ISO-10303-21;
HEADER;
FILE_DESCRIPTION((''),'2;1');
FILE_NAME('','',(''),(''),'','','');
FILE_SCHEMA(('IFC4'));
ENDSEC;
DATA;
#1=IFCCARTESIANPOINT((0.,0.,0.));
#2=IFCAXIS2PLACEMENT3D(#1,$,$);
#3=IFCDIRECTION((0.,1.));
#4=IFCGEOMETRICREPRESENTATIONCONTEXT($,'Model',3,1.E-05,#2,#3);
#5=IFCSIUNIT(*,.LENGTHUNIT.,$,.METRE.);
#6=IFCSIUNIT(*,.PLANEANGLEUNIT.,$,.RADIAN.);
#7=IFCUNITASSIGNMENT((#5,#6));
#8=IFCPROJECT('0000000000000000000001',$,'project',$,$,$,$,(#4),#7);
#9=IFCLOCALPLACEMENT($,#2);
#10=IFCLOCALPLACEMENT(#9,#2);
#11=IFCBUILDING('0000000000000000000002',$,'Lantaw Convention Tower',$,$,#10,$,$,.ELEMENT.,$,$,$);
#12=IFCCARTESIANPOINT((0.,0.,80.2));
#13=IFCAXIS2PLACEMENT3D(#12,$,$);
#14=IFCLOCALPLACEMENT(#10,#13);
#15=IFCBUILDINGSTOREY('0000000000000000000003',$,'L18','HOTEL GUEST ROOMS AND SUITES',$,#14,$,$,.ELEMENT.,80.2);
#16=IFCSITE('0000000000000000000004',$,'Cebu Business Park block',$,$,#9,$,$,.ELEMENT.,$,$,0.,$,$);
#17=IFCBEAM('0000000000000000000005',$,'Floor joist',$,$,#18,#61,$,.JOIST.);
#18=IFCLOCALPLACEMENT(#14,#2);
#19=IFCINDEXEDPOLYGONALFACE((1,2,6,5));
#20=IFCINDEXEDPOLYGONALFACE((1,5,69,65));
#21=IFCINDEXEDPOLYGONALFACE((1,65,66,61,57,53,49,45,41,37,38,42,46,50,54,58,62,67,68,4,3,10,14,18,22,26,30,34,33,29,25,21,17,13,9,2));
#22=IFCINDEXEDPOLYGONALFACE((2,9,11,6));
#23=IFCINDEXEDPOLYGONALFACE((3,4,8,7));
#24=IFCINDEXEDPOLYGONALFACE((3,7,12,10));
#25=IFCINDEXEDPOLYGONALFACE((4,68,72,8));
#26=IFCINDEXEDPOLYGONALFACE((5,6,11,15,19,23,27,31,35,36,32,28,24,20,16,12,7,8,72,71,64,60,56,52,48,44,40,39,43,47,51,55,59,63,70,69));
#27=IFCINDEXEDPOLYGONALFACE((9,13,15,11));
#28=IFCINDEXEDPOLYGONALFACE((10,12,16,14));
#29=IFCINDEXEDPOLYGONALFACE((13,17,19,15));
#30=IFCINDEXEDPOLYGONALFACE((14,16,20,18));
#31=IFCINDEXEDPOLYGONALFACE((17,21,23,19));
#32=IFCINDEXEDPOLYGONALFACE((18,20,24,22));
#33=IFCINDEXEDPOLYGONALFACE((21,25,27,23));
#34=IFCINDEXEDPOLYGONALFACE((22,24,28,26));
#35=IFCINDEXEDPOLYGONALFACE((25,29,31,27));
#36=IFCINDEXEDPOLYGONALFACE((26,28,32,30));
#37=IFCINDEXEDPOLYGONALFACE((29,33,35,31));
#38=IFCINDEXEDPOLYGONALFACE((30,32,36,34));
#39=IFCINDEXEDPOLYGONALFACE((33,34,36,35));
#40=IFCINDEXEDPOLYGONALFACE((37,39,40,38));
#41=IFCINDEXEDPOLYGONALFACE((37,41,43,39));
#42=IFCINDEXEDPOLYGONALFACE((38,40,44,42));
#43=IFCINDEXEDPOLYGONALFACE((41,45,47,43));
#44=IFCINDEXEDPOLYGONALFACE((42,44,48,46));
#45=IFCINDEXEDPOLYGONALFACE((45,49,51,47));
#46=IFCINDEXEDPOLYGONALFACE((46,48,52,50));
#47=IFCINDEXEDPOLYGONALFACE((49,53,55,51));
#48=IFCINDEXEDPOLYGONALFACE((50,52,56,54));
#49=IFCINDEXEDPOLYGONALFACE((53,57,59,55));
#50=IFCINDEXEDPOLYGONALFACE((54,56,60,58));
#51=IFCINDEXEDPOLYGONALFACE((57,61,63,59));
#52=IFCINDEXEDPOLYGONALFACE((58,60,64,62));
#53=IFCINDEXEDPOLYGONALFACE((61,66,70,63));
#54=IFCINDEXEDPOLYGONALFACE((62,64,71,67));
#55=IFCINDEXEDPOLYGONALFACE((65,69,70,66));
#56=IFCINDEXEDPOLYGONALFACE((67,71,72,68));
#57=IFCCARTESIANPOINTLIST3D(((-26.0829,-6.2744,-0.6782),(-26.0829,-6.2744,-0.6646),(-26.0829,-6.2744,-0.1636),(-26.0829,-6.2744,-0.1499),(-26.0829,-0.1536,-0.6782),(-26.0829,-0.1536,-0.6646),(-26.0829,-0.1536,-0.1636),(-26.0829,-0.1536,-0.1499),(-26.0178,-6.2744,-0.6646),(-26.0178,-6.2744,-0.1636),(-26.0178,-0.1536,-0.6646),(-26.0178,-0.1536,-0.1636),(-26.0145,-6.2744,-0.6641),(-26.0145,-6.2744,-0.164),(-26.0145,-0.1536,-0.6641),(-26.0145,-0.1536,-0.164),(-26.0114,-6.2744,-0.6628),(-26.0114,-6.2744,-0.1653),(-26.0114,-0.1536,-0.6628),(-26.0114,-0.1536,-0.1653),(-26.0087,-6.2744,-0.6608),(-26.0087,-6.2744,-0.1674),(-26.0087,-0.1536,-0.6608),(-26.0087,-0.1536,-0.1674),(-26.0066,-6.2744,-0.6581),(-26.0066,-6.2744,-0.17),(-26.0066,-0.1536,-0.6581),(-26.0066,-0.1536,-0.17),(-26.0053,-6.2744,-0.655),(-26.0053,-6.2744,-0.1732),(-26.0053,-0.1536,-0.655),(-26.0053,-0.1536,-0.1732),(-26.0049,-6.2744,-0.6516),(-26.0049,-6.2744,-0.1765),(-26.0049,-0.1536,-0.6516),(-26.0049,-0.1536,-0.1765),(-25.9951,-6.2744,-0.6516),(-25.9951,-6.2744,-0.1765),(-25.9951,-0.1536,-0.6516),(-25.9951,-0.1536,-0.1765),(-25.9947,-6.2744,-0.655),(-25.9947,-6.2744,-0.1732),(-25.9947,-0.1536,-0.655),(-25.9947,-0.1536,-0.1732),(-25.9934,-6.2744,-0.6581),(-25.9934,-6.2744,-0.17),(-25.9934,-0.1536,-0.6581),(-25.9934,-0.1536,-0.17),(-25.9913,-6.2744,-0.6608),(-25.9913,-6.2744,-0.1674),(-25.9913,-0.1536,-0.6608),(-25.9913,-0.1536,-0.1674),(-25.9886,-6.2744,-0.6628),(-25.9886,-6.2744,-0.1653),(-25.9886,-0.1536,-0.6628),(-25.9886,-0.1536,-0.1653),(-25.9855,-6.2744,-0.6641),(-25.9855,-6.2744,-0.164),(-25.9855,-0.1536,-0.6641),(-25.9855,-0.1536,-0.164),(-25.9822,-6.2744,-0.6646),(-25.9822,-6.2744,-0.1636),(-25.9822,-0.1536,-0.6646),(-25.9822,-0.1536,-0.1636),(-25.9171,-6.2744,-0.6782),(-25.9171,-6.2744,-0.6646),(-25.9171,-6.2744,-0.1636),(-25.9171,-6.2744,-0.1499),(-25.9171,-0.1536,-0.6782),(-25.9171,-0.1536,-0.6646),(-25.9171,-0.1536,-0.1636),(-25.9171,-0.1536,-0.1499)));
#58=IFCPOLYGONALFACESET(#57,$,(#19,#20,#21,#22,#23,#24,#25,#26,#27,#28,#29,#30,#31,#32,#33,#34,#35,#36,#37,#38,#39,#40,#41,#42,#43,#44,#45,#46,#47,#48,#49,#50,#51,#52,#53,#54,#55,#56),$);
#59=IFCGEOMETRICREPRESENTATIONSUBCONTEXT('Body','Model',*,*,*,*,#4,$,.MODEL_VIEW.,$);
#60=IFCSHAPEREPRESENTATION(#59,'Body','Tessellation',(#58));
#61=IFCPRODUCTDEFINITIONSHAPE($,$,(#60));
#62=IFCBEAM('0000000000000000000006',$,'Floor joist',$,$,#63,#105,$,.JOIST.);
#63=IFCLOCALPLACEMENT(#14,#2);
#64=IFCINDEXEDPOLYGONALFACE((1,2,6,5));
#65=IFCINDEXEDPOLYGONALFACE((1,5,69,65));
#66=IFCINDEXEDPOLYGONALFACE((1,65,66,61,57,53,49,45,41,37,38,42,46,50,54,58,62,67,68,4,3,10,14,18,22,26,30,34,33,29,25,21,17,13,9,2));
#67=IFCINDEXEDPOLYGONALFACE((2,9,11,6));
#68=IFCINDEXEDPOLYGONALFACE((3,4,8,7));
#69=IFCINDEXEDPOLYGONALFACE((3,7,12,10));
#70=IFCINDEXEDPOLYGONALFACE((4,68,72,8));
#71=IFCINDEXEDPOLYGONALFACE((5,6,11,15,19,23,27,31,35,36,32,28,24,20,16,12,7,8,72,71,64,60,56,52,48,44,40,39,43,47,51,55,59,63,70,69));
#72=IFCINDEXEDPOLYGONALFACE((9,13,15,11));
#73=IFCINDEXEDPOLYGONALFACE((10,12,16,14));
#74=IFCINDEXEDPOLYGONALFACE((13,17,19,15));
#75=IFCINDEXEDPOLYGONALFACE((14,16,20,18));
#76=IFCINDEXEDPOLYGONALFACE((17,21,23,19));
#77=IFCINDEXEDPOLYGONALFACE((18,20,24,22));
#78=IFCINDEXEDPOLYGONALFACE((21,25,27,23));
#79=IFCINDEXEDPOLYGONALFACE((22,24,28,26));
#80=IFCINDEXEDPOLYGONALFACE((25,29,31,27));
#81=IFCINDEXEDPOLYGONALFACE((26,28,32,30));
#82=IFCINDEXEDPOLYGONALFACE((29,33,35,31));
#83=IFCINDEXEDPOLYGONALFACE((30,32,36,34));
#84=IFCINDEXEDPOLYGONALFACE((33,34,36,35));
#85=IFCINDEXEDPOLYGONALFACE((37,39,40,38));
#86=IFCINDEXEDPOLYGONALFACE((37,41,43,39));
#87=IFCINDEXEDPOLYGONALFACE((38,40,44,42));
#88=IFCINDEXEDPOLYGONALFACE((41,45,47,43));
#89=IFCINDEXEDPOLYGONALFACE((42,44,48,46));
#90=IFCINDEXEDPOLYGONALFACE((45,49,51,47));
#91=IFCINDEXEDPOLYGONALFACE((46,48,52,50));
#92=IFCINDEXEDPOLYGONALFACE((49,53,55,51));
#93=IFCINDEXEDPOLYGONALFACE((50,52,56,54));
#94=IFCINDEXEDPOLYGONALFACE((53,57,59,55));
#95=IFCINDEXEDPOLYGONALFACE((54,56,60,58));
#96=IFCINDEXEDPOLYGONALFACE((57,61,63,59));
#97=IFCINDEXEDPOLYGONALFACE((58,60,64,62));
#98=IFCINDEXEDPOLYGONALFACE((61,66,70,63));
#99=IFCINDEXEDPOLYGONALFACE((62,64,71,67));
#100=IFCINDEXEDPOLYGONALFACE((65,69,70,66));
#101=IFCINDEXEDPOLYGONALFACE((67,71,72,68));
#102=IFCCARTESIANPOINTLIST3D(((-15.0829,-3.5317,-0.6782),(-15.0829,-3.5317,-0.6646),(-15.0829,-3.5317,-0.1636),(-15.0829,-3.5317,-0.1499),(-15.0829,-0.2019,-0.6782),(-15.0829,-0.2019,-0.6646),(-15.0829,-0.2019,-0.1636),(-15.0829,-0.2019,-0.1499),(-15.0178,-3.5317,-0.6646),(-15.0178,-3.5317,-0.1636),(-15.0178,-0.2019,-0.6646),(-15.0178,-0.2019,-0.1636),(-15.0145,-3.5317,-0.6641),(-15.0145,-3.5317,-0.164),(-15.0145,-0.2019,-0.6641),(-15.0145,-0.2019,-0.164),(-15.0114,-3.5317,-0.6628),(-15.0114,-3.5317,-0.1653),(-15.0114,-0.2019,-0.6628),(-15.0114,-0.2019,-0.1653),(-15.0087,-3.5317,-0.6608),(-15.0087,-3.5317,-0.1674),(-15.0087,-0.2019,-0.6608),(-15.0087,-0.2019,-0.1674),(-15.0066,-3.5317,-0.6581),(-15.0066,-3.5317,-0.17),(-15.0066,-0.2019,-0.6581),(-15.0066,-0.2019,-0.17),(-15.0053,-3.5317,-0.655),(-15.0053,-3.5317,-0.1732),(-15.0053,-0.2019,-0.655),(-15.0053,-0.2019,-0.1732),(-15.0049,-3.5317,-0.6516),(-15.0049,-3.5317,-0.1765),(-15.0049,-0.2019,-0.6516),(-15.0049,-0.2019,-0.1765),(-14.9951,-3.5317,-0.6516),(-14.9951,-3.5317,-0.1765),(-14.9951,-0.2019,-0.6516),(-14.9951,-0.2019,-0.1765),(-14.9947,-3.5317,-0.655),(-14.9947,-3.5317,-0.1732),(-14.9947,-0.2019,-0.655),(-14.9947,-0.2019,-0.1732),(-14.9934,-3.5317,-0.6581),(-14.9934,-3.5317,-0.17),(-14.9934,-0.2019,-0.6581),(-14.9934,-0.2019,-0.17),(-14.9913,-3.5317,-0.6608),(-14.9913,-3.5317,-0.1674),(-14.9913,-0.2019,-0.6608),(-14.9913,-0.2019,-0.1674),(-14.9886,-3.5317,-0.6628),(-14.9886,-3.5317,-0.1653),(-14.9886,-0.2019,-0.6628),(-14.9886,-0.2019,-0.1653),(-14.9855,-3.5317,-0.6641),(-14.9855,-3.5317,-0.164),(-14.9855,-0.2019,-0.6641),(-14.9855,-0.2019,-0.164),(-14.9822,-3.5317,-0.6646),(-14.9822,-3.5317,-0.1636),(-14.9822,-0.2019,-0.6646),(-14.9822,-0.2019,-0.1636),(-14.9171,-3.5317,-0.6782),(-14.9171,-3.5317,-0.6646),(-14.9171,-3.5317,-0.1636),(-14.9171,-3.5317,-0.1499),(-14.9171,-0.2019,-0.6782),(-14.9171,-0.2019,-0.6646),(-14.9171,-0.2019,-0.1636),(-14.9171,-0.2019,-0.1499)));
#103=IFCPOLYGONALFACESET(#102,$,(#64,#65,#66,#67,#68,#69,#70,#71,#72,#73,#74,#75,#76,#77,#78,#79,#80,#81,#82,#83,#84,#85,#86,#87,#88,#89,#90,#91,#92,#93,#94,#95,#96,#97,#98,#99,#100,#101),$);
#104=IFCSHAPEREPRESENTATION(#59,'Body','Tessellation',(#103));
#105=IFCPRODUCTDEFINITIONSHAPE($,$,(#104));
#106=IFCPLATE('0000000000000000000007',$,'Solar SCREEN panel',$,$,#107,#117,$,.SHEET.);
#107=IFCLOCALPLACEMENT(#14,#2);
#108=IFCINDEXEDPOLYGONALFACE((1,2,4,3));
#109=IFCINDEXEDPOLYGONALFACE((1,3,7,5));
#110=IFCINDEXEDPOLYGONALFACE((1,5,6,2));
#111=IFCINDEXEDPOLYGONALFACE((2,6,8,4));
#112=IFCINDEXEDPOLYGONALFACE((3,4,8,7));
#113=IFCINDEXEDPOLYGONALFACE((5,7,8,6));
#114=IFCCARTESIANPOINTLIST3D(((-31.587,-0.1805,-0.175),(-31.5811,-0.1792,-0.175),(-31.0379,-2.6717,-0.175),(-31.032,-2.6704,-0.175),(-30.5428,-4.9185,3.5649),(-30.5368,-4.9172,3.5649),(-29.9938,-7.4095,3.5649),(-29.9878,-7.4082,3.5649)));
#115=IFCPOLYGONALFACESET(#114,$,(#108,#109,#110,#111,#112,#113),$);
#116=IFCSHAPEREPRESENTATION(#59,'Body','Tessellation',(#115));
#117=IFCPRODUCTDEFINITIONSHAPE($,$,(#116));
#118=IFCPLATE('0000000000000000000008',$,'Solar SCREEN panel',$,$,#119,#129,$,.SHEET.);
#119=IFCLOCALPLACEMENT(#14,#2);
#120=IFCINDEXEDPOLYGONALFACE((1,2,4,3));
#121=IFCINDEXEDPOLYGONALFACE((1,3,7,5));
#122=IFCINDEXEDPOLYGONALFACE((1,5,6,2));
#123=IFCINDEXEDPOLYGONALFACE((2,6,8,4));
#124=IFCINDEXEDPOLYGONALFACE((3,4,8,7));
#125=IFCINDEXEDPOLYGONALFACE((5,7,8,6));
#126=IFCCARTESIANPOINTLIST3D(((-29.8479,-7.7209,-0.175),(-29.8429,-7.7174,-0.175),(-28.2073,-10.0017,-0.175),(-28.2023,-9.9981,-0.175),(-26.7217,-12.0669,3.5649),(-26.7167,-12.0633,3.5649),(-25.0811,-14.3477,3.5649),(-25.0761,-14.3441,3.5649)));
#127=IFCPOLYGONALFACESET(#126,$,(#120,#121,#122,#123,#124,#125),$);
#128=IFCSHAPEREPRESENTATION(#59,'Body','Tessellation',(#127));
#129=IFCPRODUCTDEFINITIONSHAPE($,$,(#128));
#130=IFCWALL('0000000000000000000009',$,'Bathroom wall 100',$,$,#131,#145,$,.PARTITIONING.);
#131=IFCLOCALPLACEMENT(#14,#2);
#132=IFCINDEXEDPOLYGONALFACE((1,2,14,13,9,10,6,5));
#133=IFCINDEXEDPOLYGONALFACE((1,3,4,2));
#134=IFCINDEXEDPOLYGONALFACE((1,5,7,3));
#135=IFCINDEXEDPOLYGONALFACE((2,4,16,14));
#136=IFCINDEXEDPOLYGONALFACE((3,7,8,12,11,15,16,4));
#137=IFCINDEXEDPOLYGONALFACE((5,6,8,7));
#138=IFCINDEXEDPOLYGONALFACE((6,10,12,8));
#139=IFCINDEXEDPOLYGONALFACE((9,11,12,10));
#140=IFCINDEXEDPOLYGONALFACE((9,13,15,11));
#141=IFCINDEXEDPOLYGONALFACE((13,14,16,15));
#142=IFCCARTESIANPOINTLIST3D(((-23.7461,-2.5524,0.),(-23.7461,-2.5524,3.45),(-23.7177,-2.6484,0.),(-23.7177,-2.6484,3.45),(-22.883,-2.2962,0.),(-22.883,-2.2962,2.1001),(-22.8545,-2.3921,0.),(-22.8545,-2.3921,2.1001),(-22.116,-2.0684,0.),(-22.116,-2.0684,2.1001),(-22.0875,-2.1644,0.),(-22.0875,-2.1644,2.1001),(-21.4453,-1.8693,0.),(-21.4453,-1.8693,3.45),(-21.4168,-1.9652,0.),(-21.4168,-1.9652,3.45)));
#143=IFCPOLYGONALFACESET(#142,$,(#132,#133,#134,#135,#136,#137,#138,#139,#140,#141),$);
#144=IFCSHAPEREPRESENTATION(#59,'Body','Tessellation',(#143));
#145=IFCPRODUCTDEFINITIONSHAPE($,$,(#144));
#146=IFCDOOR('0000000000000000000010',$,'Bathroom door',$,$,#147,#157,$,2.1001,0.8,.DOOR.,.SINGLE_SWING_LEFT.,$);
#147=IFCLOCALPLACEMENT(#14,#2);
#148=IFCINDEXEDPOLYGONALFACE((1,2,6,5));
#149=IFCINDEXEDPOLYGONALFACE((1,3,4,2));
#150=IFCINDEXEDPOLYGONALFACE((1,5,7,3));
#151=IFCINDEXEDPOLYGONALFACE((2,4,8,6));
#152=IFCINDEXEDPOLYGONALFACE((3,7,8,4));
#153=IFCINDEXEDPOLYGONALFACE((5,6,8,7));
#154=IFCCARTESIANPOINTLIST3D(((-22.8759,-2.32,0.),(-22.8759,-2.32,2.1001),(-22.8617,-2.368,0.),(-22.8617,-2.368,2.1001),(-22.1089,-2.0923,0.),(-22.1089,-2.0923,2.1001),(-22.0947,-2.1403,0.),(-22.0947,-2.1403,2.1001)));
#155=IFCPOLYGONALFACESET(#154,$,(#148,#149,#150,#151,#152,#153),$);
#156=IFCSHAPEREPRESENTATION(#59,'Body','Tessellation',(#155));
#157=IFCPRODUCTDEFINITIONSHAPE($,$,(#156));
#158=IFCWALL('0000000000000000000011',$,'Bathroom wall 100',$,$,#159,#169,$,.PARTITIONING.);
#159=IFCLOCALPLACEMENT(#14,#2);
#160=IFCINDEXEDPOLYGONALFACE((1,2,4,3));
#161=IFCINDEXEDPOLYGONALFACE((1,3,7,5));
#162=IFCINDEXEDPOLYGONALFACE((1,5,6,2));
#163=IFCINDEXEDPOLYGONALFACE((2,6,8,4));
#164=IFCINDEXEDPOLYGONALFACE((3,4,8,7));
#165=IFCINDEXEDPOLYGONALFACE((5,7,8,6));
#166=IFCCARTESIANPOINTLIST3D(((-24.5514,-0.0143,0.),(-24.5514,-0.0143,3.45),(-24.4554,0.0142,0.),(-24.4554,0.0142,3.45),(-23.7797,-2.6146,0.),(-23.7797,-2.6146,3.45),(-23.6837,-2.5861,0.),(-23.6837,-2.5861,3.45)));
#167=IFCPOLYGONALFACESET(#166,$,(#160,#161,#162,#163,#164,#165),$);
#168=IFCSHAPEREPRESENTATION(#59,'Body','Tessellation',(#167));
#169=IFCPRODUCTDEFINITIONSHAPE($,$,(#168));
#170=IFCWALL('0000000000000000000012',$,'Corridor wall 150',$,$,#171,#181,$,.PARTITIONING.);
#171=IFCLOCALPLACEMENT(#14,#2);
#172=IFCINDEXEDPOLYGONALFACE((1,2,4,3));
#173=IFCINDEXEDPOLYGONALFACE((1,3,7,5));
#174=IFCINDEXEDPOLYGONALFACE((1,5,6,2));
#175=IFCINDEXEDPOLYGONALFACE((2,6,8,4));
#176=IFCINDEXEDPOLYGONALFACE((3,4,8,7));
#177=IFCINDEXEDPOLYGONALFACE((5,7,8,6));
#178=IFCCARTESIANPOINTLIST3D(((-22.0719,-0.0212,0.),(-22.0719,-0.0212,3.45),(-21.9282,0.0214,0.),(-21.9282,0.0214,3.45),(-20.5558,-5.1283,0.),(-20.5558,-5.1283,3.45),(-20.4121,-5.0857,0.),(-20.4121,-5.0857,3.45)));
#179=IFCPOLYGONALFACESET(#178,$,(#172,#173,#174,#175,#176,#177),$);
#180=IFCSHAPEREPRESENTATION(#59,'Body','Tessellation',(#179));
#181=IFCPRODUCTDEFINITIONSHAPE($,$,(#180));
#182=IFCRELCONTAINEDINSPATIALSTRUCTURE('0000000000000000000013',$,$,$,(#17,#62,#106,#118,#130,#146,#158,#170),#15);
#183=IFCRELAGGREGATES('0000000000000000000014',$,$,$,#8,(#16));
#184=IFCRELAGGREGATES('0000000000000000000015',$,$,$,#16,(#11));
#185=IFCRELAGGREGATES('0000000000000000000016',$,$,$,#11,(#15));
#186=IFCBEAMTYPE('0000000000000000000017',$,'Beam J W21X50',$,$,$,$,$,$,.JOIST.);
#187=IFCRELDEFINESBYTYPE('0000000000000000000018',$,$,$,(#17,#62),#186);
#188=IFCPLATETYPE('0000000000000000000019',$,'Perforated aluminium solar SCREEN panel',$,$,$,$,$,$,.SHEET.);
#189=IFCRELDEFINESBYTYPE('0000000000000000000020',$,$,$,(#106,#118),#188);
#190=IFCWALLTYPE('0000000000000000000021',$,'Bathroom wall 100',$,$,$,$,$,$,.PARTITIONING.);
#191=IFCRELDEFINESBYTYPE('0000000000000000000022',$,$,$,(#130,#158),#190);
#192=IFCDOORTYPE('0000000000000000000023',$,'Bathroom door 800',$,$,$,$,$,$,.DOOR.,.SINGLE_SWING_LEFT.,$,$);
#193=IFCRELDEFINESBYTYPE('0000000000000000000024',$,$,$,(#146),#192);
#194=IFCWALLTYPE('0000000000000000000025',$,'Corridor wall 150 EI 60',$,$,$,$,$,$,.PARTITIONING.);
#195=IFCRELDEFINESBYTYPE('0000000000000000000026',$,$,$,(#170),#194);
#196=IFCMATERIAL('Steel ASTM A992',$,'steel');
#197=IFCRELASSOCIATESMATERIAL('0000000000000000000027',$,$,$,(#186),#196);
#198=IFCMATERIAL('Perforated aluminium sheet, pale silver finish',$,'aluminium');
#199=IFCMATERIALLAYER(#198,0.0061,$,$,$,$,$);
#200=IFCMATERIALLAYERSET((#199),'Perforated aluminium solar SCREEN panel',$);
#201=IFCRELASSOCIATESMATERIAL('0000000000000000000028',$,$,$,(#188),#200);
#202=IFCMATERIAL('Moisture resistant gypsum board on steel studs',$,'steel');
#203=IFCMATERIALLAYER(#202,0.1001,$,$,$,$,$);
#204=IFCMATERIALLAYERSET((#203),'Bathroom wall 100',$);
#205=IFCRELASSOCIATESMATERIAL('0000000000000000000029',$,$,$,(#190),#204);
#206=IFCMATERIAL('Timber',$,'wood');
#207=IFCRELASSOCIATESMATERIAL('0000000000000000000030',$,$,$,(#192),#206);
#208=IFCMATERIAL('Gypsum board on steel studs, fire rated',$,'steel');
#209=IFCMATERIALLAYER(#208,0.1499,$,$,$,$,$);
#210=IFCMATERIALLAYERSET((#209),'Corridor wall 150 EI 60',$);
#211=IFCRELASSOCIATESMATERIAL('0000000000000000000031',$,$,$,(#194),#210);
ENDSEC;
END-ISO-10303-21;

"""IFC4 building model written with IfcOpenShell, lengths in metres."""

from ifc_helpers import new_model, si_unit, direction, frame, frame_2d, origin, origin_2d, place, context, subcontext, project, spatial, polyline, rectangle, i_section, outline, extrude, material, layer, layer_set, material_profile, profile_set, type_object, element, fill, save


model = new_model("IFC4")

# Units and contexts
model_context = context("Model", 3, precision=1e-05, world=origin(), true_north=direction((0.0, 1.0)))
body_context = subcontext(model_context, "Body", "Model", "MODEL_VIEW")
ifc_project = project(units=[si_unit("LENGTHUNIT", "METRE"), si_unit("PLANEANGLEUNIT", "RADIAN")], contexts=[model_context])

# Site, building, storey
site_placement = place(None, origin())
site = spatial("IfcSite", under=ifc_project, at=site_placement, Name="Cebu Business Park block", CompositionType="ELEMENT", RefElevation=0.0)
building_placement = place(site_placement, origin())
building = spatial("IfcBuilding", under=site, at=building_placement, Name="Lantaw Convention Tower", CompositionType="ELEMENT")
storey_placement = place(building_placement, frame((0.0, 0.0, 80.2)))
storey = spatial("IfcBuildingStorey", under=building, at=storey_placement, Name="L18", Description="HOTEL GUEST ROOMS AND SUITES", CompositionType="ELEMENT", Elevation=80.2)

# Beams
ifc_material_1 = material(Name="Steel ASTM A992", Category="steel")
ifc_material_profile_1 = material_profile(ifc_material_1, i_section(OverallWidth=0.1658, OverallDepth=0.5283, WebThickness=0.0098, FlangeThickness=0.0137, FilletRadius=0.0129, at=origin_2d()), Name="W21X50")
ifc_profile_set_1 = profile_set([ifc_material_profile_1], Name="Steel ASTM A992")
beam_type_1 = type_object("IfcBeamType", Name="Beam J W21X50", PredefinedType="JOIST", material=ifc_profile_set_1)
beam_1_placement = place(storey_placement, frame((-26.0, -6.2744, -0.4141), z_axis=(0.0, 1.0, 0.0), x_axis=(-1.0, 0.0, 0.0)))
element("IfcBeam", 1, at=beam_1_placement, inside=storey, type_object=beam_type_1, Name="Floor joist", PredefinedType="JOIST", context=body_context, shape_type="SweptSolid", body=[
    extrude(i_section(OverallWidth=0.1658, OverallDepth=0.5283, WebThickness=0.0098, FlangeThickness=0.0137, FilletRadius=0.0129, at=origin_2d()), origin(), (0.0, 0.0, 1.0), 6.1208),
])
beam_2_placement = place(storey_placement, frame((-15.0, -3.5317, -0.4141), z_axis=(0.0, 1.0, 0.0), x_axis=(-1.0, 0.0, 0.0)))
element("IfcBeam", 2, at=beam_2_placement, inside=storey, type_object=beam_type_1, Name="Floor joist", PredefinedType="JOIST", context=body_context, shape_type="SweptSolid", body=[
    extrude(i_section(OverallWidth=0.1658, OverallDepth=0.5283, WebThickness=0.0098, FlangeThickness=0.0137, FilletRadius=0.0129, at=origin_2d()), origin(), (0.0, 0.0, 1.0), 3.3298),
])

# Plates
ifc_material_2 = material(Name="Perforated aluminium sheet, pale silver finish", Category="aluminium")
ifc_layer_1 = layer(ifc_material_2, 0.0061)
ifc_layer_set_1 = layer_set([ifc_layer_1], Name="Perforated aluminium solar SCREEN panel")
plate_type = type_object("IfcPlateType", Name="Perforated aluminium solar SCREEN panel", PredefinedType="SHEET", material=ifc_layer_set_1)
plate_1_placement = place(storey_placement, frame((-31.5811, -0.1792, -0.175), z_axis=(0.976559, 0.215248, 0.00003), x_axis=(0.215248, -0.976559, 0.0)))
element("IfcPlate", 3, at=plate_1_placement, inside=storey, type_object=plate_type, Name="Solar SCREEN panel", PredefinedType="SHEET", context=body_context, shape_type="SweptSolid", body=[
    extrude(outline(polyline([(0.0, 0.0), (2.551, 0.0), (7.4025, -3.74), (4.8517, -3.74), (0.0, 0.0)])), origin(), (0.0, 0.0, -1.0), 0.0061),
])
plate_2_placement = place(storey_placement, frame((-29.8479, -7.7209, -0.175), z_axis=(-0.811791, -0.583948, 0.000009), x_axis=(0.583948, -0.811791, 0.0)))
element("IfcPlate", 4, at=plate_2_placement, inside=storey, type_object=plate_type, Name="Solar SCREEN panel", PredefinedType="SHEET", context=body_context, shape_type="SweptSolid", body=[
    extrude(outline(polyline([(0.0, 0.0), (2.8095, 0.0), (8.1631, 3.74), (5.3536, 3.74), (0.0, 0.0)])), origin(), (0.0, 0.0, -1.0), 0.0061),
])

# Wall, opening, door
ifc_material_3 = material(Name="Moisture resistant gypsum board on steel studs", Category="steel")
ifc_layer_2 = layer(ifc_material_3, 0.1001)
ifc_layer_set_2 = layer_set([ifc_layer_2], Name="Bathroom wall 100")
wall_type_1 = type_object("IfcWallType", Name="Bathroom wall 100", PredefinedType="PARTITIONING", material=ifc_layer_set_2)
wall_1_placement = place(storey_placement, frame((-21.4309, -1.9172, 0.0), z_axis=(0.0, 0.0, 1.0), x_axis=(-0.95864, -0.284622, 0.0)))
wall_1 = element("IfcWall", 5, at=wall_1_placement, inside=storey, type_object=wall_type_1, Name="Bathroom wall 100", PredefinedType="PARTITIONING", context=body_context, shape_type="SweptSolid", body=[
    extrude(rectangle(XDim=2.4001, YDim=0.1001, at=frame_2d((1.2002, 0.0))), origin(), (0.0, 0.0, 1.0), 3.45),
])
opening_1_placement = place(wall_1_placement, frame((0.7, 0.0, 0.0)))
opening_1 = element("IfcOpeningElement", 6, at=opening_1_placement, cuts=wall_1, PredefinedType="OPENING", context=body_context, shape_type="SweptSolid", body=[
    extrude(rectangle(XDim=0.8, YDim=2.1001, at=frame_2d((0.3999, 1.05))), frame((0.0, 0.0601, 0.0), z_axis=(0.0, -1.0, 0.0), x_axis=(1.0, 0.0, 0.0)), (0.0, 0.0, 1.0), 0.1201),
])
ifc_material_4 = material(Name="Timber", Category="wood")
door_type_1 = type_object("IfcDoorType", Name="Bathroom door 800", OperationType="SINGLE_SWING_LEFT", PredefinedType="DOOR", material=ifc_material_4)
door_1_placement = place(opening_1_placement, origin())
door_1 = element("IfcDoor", 7, at=door_1_placement, inside=storey, type_object=door_type_1, Name="Bathroom door", OperationType="SINGLE_SWING_LEFT", OverallHeight=2.1001, OverallWidth=0.8, PredefinedType="DOOR", context=body_context, shape_type="SweptSolid", body=[
    extrude(rectangle(XDim=0.8, YDim=2.1001, at=frame_2d((0.3999, 1.05))), frame((0.0, 0.0249, 0.0), z_axis=(0.0, -1.0, 0.0), x_axis=(1.0, 0.0, 0.0)), (0.0, 0.0, 1.0), 0.05),
])
fill(opening_1, door_1)

# Walls
wall_2_placement = place(storey_placement, frame((-23.7317, -2.6003, 0.0), z_axis=(0.0, 0.0, 1.0), x_axis=(-0.284514, 0.958672, 0.0)))
element("IfcWall", 8, at=wall_2_placement, inside=storey, type_object=wall_type_1, Name="Bathroom wall 100", PredefinedType="PARTITIONING", context=body_context, shape_type="SweptSolid", body=[
    extrude(rectangle(XDim=2.7124, YDim=0.1001, at=frame_2d((1.3562, 0.0))), origin(), (0.0, 0.0, 1.0), 3.45),
])
ifc_material_5 = material(Name="Gypsum board on steel studs, fire rated", Category="steel")
ifc_layer_3 = layer(ifc_material_5, 0.1499)
ifc_layer_set_3 = layer_set([ifc_layer_3], Name="Corridor wall 150 EI 60")
wall_type_2 = type_object("IfcWallType", Name="Corridor wall 150 EI 60", PredefinedType="PARTITIONING", material=ifc_layer_set_3)
wall_3_placement = place(storey_placement, frame((-22.0, 0.0, 0.0), z_axis=(0.0, 0.0, 1.0), x_axis=(0.284584, -0.958651, 0.0)))
element("IfcWall", 9, at=wall_3_placement, inside=storey, type_object=wall_type_2, Name="Corridor wall 150", PredefinedType="PARTITIONING", context=body_context, shape_type="SweptSolid", body=[
    extrude(rectangle(XDim=5.3274, YDim=0.1499, at=frame_2d((2.6636, 0.0))), origin(), (0.0, 0.0, 1.0), 3.45),
])

save(model, "model.ifc")
